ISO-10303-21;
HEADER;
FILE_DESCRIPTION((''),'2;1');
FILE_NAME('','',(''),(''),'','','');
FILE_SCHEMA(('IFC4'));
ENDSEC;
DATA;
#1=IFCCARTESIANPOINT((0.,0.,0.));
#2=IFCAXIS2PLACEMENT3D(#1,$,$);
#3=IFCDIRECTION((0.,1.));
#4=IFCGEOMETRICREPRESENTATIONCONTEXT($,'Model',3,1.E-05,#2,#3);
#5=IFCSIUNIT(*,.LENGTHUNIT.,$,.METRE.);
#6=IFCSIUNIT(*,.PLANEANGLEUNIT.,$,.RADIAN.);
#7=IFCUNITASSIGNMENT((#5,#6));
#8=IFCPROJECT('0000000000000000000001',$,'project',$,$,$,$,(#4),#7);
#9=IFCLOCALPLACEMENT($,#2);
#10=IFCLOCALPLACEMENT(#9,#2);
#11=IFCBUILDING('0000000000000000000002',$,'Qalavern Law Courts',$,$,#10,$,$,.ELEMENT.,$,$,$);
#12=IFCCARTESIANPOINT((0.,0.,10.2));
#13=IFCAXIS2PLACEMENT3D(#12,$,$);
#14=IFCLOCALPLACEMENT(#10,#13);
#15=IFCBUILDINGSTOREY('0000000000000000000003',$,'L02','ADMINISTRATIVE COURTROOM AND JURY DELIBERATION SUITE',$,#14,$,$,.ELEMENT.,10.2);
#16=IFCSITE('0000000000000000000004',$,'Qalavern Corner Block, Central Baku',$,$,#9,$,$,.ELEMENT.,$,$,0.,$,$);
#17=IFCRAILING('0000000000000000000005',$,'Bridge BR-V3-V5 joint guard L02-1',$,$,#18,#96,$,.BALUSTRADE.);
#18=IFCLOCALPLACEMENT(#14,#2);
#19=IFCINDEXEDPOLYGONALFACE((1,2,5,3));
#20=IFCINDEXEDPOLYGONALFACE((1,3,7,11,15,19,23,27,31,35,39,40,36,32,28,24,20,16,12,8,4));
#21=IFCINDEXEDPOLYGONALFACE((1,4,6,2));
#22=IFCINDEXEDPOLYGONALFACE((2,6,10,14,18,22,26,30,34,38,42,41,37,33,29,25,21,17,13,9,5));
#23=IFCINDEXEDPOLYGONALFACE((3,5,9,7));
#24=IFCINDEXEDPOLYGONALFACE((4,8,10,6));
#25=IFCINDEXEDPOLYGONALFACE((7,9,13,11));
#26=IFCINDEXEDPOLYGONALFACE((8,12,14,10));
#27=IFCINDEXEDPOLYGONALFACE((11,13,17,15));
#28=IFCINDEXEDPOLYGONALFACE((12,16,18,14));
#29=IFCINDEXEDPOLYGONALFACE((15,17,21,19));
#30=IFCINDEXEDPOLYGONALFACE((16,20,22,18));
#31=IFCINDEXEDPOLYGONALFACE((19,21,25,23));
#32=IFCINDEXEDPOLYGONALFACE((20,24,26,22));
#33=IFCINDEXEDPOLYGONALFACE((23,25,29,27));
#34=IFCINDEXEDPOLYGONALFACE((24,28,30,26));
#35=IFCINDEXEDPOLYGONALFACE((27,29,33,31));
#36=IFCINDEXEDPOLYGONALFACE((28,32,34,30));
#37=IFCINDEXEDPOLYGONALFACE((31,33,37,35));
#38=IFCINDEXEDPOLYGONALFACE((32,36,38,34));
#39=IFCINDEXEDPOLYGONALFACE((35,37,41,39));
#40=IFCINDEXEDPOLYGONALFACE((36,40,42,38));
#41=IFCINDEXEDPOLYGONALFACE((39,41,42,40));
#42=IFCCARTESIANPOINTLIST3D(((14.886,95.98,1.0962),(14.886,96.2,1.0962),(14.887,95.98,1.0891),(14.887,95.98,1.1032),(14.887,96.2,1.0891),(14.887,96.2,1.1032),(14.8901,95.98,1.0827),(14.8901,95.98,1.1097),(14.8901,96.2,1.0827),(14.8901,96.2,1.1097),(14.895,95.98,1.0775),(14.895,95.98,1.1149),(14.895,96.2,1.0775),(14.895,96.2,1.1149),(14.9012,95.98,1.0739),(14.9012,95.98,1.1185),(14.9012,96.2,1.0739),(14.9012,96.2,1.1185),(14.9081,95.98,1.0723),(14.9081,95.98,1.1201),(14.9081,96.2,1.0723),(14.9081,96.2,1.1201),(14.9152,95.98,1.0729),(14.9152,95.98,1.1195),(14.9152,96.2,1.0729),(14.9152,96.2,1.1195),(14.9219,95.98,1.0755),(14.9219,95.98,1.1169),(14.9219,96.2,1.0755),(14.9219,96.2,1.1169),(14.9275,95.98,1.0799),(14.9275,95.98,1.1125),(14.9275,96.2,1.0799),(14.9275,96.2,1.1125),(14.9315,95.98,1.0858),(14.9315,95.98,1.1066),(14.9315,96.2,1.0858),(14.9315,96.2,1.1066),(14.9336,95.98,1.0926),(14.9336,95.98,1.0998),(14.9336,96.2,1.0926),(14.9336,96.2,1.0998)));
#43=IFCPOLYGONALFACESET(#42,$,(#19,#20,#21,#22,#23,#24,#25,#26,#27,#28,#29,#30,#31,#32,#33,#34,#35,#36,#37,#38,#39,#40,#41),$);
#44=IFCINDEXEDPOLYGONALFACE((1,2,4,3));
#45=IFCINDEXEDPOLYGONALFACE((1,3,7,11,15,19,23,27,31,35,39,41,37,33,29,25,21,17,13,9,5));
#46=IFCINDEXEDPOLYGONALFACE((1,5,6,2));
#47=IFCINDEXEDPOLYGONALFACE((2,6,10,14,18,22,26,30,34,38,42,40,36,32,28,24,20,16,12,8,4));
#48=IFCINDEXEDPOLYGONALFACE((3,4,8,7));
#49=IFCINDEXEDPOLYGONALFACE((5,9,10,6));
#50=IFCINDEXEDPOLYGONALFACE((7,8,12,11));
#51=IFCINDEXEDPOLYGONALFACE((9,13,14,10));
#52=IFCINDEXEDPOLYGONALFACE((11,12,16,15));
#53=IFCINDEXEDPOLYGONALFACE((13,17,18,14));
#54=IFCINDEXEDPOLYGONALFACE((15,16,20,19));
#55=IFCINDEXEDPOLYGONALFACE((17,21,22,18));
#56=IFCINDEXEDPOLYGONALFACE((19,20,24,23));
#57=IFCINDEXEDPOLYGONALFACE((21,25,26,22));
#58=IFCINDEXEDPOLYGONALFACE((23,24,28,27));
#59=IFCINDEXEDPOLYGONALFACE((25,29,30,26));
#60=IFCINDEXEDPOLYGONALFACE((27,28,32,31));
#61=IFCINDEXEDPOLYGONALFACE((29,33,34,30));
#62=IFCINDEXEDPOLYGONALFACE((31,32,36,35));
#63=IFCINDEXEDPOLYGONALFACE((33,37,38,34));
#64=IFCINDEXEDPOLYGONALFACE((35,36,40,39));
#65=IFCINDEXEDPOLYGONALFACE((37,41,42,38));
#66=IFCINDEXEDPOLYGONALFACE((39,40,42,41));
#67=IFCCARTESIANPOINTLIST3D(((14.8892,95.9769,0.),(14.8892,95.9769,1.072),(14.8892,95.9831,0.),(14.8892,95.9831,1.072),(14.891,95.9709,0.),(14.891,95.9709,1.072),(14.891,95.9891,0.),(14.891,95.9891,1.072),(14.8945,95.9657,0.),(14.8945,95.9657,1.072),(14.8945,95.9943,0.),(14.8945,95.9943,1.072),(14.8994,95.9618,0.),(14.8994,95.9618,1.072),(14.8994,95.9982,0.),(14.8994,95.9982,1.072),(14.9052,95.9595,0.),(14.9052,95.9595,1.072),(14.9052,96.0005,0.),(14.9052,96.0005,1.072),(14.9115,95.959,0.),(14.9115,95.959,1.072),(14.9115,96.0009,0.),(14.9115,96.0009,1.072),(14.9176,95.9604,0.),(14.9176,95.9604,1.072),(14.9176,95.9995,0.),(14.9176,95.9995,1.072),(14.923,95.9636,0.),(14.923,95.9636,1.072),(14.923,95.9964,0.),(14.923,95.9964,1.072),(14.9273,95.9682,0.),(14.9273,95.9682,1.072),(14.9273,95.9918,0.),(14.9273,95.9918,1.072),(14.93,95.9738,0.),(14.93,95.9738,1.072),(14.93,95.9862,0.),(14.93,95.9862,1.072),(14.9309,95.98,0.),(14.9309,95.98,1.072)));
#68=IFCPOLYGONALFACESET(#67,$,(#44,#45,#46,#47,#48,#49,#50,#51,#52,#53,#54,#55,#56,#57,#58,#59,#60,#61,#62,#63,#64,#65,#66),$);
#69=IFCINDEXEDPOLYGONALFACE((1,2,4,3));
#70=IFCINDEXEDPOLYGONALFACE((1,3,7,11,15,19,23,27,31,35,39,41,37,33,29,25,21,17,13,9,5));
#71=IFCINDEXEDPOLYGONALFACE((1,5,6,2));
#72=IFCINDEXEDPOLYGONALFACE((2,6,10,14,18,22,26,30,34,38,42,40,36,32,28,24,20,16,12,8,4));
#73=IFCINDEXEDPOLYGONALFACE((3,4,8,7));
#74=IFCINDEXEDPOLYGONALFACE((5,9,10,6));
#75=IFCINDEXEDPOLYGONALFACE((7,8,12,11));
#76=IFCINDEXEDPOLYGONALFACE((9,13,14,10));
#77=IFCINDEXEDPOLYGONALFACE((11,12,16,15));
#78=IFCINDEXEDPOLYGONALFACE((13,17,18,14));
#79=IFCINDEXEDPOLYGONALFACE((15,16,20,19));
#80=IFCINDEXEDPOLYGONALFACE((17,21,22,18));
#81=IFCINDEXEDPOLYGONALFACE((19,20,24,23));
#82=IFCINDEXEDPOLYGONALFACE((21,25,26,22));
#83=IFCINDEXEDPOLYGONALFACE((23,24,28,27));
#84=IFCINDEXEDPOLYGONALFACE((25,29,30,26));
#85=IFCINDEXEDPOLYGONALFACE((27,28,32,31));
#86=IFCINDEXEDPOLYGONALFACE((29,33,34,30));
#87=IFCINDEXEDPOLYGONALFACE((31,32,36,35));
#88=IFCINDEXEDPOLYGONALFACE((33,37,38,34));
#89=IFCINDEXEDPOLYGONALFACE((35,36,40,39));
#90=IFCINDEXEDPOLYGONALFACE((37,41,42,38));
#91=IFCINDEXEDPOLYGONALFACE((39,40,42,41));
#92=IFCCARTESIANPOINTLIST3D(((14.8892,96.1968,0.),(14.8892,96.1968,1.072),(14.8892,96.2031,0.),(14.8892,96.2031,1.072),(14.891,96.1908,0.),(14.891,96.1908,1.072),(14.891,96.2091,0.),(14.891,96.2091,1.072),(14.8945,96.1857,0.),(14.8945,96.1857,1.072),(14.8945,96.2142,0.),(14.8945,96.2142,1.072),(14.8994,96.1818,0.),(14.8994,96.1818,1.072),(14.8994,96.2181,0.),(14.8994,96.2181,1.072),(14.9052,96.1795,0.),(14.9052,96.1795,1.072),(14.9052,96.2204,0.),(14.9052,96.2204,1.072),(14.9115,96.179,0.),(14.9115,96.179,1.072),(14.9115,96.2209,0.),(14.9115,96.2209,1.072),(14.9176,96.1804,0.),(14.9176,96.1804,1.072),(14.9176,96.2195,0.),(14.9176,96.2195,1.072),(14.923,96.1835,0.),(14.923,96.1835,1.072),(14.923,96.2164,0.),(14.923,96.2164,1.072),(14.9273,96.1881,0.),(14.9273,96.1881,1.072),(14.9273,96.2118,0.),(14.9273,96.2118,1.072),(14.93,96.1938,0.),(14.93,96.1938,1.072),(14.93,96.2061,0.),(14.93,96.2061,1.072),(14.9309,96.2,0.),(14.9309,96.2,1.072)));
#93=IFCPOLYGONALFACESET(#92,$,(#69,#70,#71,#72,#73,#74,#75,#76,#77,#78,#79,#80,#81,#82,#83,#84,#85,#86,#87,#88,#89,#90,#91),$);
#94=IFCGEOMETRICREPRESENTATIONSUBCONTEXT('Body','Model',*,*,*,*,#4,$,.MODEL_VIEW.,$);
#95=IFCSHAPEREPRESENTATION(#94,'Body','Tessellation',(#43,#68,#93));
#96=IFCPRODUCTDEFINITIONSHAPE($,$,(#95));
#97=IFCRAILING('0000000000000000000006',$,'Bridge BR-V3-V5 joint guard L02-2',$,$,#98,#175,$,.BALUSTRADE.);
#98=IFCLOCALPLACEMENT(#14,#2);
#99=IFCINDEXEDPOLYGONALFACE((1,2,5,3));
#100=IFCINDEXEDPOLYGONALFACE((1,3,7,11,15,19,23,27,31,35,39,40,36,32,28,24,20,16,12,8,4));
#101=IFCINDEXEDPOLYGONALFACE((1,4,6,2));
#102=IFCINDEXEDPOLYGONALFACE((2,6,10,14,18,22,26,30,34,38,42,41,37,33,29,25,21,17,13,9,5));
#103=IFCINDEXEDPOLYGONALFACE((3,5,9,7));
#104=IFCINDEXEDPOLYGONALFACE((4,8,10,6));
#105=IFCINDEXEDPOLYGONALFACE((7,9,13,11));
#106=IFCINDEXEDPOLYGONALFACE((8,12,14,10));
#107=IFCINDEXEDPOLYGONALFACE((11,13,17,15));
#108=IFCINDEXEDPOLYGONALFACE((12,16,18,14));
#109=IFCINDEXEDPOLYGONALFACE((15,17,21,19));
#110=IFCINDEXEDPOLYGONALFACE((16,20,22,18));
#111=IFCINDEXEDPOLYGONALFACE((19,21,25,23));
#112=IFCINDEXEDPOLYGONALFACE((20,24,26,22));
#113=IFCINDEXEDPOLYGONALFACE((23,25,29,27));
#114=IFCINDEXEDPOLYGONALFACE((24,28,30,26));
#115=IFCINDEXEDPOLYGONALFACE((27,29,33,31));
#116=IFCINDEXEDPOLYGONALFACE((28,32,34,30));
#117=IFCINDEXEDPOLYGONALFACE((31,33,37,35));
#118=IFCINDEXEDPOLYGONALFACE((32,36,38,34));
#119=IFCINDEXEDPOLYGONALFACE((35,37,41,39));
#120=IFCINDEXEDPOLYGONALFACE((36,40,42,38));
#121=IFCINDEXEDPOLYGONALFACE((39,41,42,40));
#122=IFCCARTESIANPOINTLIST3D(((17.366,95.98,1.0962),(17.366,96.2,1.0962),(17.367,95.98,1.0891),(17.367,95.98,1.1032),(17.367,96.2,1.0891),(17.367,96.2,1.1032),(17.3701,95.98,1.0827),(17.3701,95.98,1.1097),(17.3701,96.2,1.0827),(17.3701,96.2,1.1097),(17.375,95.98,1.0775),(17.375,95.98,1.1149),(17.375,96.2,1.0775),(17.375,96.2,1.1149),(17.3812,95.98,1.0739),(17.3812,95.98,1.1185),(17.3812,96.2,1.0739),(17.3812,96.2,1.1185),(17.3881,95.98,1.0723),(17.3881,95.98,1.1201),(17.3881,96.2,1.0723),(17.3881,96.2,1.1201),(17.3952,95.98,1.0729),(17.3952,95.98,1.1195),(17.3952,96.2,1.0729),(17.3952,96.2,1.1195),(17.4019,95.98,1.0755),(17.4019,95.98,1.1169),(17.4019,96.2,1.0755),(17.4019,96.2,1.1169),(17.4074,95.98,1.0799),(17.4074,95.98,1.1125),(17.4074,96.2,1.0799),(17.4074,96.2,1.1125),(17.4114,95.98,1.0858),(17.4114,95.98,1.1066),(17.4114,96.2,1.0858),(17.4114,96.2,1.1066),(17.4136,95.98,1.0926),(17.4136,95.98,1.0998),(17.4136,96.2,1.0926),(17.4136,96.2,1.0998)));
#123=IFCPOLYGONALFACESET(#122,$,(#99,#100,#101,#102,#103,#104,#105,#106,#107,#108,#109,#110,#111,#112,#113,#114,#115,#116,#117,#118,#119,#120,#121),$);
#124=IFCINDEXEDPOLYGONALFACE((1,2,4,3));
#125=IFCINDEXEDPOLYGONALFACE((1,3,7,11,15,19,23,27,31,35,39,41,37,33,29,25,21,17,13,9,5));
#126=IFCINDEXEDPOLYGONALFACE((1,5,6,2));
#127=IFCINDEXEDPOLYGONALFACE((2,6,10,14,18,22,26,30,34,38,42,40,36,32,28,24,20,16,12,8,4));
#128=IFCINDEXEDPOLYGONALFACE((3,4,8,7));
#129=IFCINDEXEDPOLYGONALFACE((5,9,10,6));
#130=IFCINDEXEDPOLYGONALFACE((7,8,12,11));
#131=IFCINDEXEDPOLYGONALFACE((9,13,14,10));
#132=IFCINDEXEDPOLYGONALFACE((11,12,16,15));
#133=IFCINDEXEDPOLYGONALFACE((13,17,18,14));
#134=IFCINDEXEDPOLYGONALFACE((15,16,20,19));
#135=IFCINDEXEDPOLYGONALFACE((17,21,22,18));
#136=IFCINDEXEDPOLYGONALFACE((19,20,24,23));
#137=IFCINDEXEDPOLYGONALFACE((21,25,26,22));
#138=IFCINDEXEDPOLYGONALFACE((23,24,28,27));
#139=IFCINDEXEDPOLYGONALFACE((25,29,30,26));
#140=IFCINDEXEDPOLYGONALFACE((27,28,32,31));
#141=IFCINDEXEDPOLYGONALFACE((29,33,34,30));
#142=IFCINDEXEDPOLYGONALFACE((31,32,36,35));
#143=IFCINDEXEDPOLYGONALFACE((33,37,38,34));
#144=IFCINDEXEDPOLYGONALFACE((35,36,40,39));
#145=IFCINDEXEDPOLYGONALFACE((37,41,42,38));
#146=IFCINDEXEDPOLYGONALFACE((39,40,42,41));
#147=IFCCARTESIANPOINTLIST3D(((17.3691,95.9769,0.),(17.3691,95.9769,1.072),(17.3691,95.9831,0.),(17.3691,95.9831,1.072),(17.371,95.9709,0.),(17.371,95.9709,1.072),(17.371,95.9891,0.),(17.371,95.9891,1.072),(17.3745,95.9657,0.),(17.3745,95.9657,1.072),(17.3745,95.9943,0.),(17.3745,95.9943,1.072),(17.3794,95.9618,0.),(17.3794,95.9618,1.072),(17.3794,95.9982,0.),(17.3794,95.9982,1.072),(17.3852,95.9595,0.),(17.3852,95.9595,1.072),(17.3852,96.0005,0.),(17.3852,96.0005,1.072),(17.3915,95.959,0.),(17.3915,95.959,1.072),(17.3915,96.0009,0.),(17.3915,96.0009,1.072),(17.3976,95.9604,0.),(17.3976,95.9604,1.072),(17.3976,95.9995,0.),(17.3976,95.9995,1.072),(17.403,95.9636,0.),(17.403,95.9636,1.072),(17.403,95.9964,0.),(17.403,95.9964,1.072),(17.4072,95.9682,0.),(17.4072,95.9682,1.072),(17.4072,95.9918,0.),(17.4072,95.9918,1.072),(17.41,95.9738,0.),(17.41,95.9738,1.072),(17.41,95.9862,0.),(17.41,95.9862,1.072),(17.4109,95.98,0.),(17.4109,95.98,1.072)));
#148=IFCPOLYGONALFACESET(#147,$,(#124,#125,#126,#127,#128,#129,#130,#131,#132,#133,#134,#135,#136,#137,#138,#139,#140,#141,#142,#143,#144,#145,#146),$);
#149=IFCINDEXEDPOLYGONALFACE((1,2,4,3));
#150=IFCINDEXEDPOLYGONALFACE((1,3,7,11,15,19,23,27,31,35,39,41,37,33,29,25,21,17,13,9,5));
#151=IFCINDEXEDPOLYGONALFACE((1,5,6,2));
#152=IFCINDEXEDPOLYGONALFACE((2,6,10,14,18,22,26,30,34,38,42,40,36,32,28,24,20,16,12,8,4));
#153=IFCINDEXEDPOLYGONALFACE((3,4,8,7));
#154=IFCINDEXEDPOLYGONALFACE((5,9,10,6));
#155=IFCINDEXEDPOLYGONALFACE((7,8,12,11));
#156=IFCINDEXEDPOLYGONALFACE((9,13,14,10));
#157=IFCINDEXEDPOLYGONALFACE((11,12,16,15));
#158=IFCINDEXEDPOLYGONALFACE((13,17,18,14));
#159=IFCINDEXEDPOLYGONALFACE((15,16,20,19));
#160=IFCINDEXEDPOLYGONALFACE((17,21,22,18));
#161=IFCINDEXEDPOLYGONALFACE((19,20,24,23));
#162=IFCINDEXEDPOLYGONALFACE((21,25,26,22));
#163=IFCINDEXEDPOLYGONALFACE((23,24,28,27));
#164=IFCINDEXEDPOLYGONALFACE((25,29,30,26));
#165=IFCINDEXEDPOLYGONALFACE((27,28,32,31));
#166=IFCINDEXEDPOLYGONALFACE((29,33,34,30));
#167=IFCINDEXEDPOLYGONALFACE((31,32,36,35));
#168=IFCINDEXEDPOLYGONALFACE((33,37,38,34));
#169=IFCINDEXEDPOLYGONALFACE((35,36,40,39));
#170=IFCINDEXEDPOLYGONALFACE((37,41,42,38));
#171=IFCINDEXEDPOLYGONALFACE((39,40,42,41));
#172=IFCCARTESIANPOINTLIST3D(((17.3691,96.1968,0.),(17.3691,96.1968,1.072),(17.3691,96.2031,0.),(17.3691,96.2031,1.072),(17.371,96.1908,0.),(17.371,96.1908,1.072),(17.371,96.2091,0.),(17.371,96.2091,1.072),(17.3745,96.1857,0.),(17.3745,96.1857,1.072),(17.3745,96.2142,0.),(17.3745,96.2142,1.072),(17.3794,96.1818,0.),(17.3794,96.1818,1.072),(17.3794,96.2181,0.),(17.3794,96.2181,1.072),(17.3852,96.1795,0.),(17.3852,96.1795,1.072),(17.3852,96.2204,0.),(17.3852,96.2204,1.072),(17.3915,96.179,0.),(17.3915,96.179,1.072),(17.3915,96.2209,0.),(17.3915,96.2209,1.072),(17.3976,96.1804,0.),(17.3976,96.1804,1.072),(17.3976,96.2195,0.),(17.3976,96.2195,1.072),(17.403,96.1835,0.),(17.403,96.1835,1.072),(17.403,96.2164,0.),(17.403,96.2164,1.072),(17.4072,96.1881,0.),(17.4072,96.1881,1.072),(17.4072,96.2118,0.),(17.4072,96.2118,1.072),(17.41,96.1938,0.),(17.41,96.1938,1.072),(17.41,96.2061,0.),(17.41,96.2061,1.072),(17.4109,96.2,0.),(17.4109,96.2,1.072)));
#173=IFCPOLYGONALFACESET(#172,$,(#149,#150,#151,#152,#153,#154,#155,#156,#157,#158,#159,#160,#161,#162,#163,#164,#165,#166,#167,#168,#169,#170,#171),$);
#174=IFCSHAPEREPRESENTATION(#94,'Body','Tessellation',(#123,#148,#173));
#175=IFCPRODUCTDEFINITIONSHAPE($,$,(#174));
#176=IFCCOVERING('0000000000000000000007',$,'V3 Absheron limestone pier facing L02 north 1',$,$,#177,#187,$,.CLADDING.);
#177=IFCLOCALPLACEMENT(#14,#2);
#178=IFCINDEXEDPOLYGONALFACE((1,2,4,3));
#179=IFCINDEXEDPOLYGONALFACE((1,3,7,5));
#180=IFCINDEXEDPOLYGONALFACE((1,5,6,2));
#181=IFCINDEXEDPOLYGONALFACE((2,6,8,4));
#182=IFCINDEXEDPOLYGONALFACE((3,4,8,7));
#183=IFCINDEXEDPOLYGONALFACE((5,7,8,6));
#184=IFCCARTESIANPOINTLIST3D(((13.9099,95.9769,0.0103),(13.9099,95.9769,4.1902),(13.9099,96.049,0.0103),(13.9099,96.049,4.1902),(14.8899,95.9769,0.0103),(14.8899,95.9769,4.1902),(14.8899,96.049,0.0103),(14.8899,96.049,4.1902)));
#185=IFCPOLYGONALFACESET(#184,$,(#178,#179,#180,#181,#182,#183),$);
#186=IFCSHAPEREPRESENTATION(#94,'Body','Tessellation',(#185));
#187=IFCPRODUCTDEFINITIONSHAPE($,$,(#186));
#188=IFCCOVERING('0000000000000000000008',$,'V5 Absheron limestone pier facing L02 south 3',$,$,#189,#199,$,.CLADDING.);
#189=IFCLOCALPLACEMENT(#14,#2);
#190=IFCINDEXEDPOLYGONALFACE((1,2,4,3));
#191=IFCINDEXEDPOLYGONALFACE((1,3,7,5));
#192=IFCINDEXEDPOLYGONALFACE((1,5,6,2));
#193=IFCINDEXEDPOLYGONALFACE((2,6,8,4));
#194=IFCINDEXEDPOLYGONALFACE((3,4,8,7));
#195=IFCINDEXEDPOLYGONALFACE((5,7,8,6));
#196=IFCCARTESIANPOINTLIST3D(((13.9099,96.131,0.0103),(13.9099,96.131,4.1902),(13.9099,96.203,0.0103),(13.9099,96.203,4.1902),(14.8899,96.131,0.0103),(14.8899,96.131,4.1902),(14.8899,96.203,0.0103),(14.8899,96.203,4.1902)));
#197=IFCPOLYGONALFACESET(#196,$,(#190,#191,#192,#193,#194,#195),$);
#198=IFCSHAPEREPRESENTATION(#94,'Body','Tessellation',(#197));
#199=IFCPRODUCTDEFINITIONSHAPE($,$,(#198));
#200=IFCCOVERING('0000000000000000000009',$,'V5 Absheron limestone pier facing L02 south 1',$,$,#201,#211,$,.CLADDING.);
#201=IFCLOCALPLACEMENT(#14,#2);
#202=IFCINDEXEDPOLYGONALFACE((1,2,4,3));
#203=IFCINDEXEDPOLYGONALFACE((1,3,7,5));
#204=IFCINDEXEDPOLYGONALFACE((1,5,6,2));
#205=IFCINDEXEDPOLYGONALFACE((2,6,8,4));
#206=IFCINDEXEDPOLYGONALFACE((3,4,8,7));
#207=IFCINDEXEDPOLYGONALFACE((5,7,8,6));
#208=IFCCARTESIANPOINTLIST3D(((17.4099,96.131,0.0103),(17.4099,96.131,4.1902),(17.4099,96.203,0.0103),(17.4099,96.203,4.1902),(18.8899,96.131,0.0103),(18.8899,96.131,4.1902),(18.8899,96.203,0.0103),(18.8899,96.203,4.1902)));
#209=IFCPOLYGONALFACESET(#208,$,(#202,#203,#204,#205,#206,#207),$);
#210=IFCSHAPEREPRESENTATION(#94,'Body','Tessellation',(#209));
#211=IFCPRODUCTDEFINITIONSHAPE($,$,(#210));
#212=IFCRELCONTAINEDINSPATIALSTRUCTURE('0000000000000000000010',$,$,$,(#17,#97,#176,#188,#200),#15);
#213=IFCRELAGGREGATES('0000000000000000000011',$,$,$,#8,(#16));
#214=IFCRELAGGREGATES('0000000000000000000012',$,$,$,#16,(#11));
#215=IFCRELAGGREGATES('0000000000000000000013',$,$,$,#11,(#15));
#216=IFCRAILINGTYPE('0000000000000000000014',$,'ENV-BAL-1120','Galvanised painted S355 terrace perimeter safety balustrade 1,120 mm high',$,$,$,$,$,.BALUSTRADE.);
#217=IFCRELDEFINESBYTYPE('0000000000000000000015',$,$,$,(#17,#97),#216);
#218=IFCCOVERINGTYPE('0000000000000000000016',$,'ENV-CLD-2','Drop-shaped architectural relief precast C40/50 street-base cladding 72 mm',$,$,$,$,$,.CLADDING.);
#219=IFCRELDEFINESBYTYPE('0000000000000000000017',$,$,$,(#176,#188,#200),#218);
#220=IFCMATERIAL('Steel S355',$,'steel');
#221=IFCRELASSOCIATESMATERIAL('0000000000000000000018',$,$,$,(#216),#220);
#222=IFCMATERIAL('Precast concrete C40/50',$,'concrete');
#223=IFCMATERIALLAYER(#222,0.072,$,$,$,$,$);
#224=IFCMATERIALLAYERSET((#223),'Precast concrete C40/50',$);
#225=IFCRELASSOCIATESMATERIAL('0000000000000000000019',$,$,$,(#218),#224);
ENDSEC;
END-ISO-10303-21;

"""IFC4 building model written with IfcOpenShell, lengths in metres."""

from ifc_helpers import new_model, si_unit, direction, frame, origin, origin_2d, place, context, subcontext, project, spatial, rectangle, circle, extrude, material, layer, layer_set, type_object, element, save


model = new_model("IFC4")

# Units and contexts
model_context = context("Model", 3, precision=1e-05, world=origin(), true_north=direction((0.0, 1.0)))
body_context = subcontext(model_context, "Body", "Model", "MODEL_VIEW")
ifc_project = project(units=[si_unit("LENGTHUNIT", "METRE"), si_unit("PLANEANGLEUNIT", "RADIAN")], contexts=[model_context])

# Site, building, storey
site_placement = place(None, origin())
site = spatial("IfcSite", under=ifc_project, at=site_placement, Name="Qalavern Corner Block, Central Baku", CompositionType="ELEMENT", RefElevation=0.0)
building_placement = place(site_placement, origin())
building = spatial("IfcBuilding", under=site, at=building_placement, Name="Qalavern Law Courts", CompositionType="ELEMENT")
storey_placement = place(building_placement, frame((0.0, 0.0, 10.2)))
storey = spatial("IfcBuildingStorey", under=building, at=storey_placement, Name="L02", Description="ADMINISTRATIVE COURTROOM AND JURY DELIBERATION SUITE", CompositionType="ELEMENT", Elevation=10.2)

# Shared definitions
ifc_material_1 = material(Name="Steel S355", Category="steel")

# Railings
railing_type = type_object("IfcRailingType", Name="ENV-BAL-1120", Description="Galvanised painted S355 terrace perimeter safety balustrade 1,120 mm high", PredefinedType="BALUSTRADE", material=ifc_material_1)
for number, where, name in (
    (1, (14.9099, 95.98, 0.0), "Bridge BR-V3-V5 joint guard L02-1"),
    (2, (17.3899, 95.98, 0.0), "Bridge BR-V3-V5 joint guard L02-2"),
):
    element("IfcRailing", number, at=place(storey_placement, frame(where)), inside=storey, type_object=railing_type, Name=name, PredefinedType="BALUSTRADE", context=body_context, shape_type="SweptSolid", body=[
        extrude(circle(Radius=0.0239, at=origin_2d()), frame((0.0, 0.0, 1.0962), z_axis=(0.0, 1.0, 0.0), x_axis=(-1.0, 0.0, 0.0)), (0.0, 0.0, 1.0), 0.22),
        extrude(circle(Radius=0.021, at=origin_2d()), origin(), (0.0, 0.0, 1.0), 1.072),
        extrude(circle(Radius=0.021, at=origin_2d()), frame((0.0, 0.22, 0.0)), (0.0, 0.0, 1.0), 1.072),
    ])

# Coverings
ifc_material_2 = material(Name="Precast concrete C40/50", Category="concrete")
ifc_layer_1 = layer(ifc_material_2, 0.072)
ifc_layer_set_1 = layer_set([ifc_layer_1], Name="Precast concrete C40/50")
covering_type = type_object("IfcCoveringType", Name="ENV-CLD-2", Description="Drop-shaped architectural relief precast C40/50 street-base cladding 72 mm", PredefinedType="CLADDING", material=ifc_layer_set_1)
for number, where, z_axis, x_axis, name in (
    (3, (14.3999, 96.0129, 0.0103), (0.0, 0.0, 1.0), (-1.0, 0.0, 0.0), "V3 Absheron limestone pier facing L02 north 1"),
    (4, (14.3999, 96.167, 0.0103), (0.0, 0.0, 1.0), (1.0, 0.0, 0.0), "V5 Absheron limestone pier facing L02 south 3"),
):
    element("IfcCovering", number, at=place(storey_placement, frame(where, z_axis=z_axis, x_axis=x_axis)), inside=storey, type_object=covering_type, Name=name, PredefinedType="CLADDING", context=body_context, shape_type="SweptSolid", body=[
        extrude(rectangle(XDim=0.98, YDim=0.072, at=origin_2d()), origin(), (0.0, 0.0, 1.0), 4.1799),
    ])
covering_placement = place(storey_placement, frame((18.1499, 96.167, 0.0103), z_axis=(0.0, 0.0, 1.0), x_axis=(1.0, 0.0, 0.0)))
element("IfcCovering", 5, at=covering_placement, inside=storey, type_object=covering_type, Name="V5 Absheron limestone pier facing L02 south 1", PredefinedType="CLADDING", context=body_context, shape_type="SweptSolid", body=[
    extrude(rectangle(XDim=1.48, YDim=0.072, at=origin_2d()), origin(), (0.0, 0.0, 1.0), 4.1799),
])

save(model, "model.ifc")
